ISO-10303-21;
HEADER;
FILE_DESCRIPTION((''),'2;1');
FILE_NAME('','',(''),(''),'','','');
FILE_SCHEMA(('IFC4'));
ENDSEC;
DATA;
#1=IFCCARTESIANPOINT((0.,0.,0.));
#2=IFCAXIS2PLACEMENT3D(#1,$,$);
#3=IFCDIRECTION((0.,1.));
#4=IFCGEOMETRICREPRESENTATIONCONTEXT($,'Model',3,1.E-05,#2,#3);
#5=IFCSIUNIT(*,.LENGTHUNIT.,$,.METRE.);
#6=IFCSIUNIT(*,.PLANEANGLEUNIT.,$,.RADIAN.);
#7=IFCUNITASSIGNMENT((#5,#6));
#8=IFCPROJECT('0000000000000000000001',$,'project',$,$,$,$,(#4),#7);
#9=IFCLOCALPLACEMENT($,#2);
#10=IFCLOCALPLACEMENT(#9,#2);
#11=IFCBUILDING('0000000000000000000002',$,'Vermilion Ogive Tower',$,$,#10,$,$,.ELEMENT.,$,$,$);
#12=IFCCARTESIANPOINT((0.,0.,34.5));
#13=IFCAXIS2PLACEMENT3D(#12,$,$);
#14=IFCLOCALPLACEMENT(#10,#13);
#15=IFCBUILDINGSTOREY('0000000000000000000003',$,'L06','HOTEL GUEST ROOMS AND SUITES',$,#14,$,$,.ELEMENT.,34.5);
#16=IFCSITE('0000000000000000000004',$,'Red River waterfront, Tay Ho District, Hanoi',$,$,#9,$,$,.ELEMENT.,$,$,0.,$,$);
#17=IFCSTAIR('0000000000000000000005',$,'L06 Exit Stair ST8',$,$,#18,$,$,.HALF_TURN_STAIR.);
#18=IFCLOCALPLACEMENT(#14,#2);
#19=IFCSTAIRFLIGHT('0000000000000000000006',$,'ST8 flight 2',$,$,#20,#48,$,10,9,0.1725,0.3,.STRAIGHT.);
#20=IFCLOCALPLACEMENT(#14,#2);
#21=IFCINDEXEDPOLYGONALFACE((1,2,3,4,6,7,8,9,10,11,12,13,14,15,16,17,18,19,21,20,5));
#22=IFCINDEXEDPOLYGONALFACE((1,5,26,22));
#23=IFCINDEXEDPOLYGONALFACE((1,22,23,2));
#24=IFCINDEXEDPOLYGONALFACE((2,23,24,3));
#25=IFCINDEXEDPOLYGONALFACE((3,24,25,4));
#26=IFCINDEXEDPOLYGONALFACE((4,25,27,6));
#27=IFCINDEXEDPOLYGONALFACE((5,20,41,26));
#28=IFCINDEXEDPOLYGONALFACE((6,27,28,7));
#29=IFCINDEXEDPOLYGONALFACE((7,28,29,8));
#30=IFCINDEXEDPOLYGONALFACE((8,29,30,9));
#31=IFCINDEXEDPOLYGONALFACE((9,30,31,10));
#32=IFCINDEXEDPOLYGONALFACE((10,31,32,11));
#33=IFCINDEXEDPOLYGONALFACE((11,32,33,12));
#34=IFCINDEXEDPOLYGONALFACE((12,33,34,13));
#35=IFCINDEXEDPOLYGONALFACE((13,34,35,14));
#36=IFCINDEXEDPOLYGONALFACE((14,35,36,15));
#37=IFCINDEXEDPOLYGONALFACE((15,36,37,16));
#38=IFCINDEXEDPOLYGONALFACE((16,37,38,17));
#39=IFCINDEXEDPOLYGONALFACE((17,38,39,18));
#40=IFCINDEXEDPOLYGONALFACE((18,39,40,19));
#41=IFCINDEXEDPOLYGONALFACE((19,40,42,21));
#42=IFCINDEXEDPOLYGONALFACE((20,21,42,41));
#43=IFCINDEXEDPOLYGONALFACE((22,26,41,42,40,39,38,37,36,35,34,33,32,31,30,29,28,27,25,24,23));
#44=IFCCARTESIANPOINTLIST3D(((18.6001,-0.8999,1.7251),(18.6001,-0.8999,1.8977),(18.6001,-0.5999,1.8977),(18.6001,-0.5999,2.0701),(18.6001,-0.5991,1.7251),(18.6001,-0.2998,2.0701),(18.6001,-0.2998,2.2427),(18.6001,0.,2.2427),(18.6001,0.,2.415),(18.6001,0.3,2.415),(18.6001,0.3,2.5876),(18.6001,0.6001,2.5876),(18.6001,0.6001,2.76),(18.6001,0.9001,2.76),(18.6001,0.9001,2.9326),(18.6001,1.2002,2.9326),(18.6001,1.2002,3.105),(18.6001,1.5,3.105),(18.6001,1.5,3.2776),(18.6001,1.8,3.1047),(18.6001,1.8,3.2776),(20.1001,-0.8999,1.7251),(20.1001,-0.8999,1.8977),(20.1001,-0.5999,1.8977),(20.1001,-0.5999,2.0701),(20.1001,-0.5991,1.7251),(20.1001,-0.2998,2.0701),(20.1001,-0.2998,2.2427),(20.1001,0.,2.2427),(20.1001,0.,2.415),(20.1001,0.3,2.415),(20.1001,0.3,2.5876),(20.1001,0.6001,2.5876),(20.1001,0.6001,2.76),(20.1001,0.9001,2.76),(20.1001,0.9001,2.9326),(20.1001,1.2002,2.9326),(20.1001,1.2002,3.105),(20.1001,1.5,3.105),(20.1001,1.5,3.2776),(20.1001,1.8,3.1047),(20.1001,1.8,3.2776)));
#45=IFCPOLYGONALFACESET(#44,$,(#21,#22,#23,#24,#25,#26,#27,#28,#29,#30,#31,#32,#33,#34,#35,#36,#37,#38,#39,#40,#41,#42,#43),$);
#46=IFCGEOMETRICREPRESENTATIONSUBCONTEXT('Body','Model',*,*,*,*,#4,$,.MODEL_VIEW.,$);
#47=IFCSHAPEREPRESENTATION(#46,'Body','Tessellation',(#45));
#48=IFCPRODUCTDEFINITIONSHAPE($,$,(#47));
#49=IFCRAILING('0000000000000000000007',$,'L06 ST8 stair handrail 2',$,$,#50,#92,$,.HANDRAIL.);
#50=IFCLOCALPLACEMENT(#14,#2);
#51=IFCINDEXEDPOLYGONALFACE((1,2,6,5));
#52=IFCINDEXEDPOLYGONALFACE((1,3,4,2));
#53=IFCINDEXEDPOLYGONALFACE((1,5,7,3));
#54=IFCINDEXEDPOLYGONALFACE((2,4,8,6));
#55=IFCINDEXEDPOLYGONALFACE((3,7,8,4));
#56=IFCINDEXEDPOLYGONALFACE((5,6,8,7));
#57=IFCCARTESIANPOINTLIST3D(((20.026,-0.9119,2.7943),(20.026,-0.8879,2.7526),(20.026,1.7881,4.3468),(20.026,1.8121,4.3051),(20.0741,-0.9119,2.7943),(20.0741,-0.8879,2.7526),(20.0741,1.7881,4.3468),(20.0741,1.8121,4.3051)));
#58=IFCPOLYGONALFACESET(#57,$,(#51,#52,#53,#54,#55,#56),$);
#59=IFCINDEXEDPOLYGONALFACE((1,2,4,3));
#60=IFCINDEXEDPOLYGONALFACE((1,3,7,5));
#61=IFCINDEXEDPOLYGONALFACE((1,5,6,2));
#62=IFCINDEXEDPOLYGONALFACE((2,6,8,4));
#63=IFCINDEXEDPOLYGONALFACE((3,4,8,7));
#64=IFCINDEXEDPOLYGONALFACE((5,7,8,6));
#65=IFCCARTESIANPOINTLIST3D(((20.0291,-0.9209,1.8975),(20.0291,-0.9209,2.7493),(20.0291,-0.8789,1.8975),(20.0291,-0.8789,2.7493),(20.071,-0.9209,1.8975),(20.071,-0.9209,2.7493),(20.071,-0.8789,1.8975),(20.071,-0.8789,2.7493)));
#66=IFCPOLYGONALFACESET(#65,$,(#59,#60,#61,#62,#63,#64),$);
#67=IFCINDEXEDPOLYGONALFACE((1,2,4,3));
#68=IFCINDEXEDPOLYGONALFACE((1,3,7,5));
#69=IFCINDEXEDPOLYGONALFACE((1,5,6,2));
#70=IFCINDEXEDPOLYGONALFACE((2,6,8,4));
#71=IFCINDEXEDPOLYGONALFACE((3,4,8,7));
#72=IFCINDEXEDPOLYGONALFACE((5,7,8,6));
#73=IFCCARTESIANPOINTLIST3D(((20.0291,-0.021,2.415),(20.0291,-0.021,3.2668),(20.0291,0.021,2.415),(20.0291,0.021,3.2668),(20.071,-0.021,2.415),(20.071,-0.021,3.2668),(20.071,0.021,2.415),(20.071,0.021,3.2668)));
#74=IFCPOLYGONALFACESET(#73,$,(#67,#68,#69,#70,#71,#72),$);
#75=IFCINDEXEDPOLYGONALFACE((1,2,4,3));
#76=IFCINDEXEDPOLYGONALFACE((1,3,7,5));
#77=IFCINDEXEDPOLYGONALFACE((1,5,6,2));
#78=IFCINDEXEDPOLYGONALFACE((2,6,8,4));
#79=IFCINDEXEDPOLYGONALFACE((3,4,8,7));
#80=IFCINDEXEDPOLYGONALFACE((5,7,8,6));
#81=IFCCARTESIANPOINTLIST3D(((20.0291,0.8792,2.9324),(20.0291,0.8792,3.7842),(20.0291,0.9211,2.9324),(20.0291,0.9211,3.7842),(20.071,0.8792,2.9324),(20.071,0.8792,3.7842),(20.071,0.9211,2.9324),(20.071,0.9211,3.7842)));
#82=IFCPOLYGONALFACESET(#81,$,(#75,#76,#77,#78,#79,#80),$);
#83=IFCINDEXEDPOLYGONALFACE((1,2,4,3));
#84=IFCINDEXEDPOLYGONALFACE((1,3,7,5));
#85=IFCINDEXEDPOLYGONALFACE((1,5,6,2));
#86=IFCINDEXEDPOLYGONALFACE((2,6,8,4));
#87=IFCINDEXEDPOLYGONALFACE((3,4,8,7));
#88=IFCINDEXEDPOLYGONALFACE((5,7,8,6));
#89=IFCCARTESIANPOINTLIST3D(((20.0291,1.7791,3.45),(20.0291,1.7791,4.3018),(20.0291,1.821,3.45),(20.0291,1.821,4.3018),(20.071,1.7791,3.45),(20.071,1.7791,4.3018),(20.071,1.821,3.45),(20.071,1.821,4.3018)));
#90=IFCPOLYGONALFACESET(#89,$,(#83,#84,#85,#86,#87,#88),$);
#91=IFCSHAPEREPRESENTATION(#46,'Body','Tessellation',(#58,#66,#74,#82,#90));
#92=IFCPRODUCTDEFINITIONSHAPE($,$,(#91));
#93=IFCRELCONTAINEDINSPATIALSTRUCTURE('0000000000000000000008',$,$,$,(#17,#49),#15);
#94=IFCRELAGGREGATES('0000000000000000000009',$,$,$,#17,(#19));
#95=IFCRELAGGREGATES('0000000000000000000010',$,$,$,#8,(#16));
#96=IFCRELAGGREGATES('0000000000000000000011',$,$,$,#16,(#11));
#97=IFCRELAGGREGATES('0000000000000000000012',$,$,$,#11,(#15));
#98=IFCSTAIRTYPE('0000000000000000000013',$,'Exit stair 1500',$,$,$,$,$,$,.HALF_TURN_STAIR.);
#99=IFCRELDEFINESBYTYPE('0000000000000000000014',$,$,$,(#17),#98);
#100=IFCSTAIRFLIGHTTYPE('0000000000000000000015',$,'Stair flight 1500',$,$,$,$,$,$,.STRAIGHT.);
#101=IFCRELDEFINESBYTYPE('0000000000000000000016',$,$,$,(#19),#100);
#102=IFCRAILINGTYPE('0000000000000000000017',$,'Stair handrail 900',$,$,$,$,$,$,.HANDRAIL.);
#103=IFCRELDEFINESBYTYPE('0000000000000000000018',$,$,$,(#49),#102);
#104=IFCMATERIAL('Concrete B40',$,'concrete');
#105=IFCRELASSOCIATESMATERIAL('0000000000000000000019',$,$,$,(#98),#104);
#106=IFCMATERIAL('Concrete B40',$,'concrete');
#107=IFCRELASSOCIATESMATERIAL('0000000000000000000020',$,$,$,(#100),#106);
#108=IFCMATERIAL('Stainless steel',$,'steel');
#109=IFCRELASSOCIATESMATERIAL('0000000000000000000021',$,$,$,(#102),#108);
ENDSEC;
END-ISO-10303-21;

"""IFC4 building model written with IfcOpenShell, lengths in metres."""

from ifc_helpers import new_model, si_unit, direction, frame, origin, origin_2d, place, context, subcontext, project, spatial, polyline, rectangle, outline, extrude, material, type_object, element, aggregate, save


model = new_model("IFC4")

# Units and contexts
model_context = context("Model", 3, precision=1e-05, world=origin(), true_north=direction((0.0, 1.0)))
body_context = subcontext(model_context, "Body", "Model", "MODEL_VIEW")
ifc_project = project(units=[si_unit("LENGTHUNIT", "METRE"), si_unit("PLANEANGLEUNIT", "RADIAN")], contexts=[model_context])

# Site, building, storey
site_placement = place(None, origin())
site = spatial("IfcSite", under=ifc_project, at=site_placement, Name="Red River waterfront, Tay Ho District, Hanoi", CompositionType="ELEMENT", RefElevation=0.0)
building_placement = place(site_placement, origin())
building = spatial("IfcBuilding", under=site, at=building_placement, Name="Vermilion Ogive Tower", CompositionType="ELEMENT")
storey_placement = place(building_placement, frame((0.0, 0.0, 34.5)))
storey = spatial("IfcBuildingStorey", under=building, at=storey_placement, Name="L06", Description="HOTEL GUEST ROOMS AND SUITES", CompositionType="ELEMENT", Elevation=34.5)

# Stair, stair flight
ifc_material_1 = material(Name="Concrete B40", Category="concrete")
stair_type = type_object("IfcStairType", Name="Exit stair 1500", PredefinedType="HALF_TURN_STAIR", material=ifc_material_1)
stair_placement = place(storey_placement, origin())
stair = element("IfcStair", 1, at=stair_placement, inside=storey, type_object=stair_type, Name="L06 Exit Stair ST8", PredefinedType="HALF_TURN_STAIR")
ifc_material_2 = material(Name="Concrete B40", Category="concrete")
stair_flight_type = type_object("IfcStairFlightType", Name="Stair flight 1500", PredefinedType="STRAIGHT", material=ifc_material_2)
stair_flight_placement = place(storey_placement, frame((19.3501, -0.8999, 1.7251), z_axis=(0.0, 0.0, 1.0), x_axis=(0.0, 1.0, 0.0)))
stair_flight = element("IfcStairFlight", 2, at=stair_flight_placement, type_object=stair_flight_type, Name="ST8 flight 2", NumberOfRisers=10, NumberOfTreads=9, PredefinedType="STRAIGHT", RiserHeight=0.1725, TreadLength=0.3, context=body_context, shape_type="SweptSolid", body=[
    extrude(outline(polyline([(0.0, 0.0), (0.0, 0.1726), (0.3, 0.1726), (0.3, 0.345), (0.6001, 0.345), (0.6001, 0.5176), (0.8999, 0.5176), (0.8999, 0.6899), (1.2, 0.6899), (1.2, 0.8625), (1.5, 0.8625), (1.5, 1.0349), (1.8, 1.0349), (1.8, 1.2075), (2.1001, 1.2075), (2.1001, 1.3799), (2.3999, 1.3799), (2.3999, 1.5525), (2.7, 1.5525), (2.7, 1.7251), (2.7, 1.3796), (0.3008, 0.0), (0.0, 0.0)])), frame((0.0, 0.75, 0.0), z_axis=(0.0, -1.0, 0.0), x_axis=(1.0, 0.0, 0.0)), (0.0, 0.0, 1.0), 1.5),
])
aggregate(stair, [stair_flight])

# Railing
ifc_material_3 = material(Name="Stainless steel", Category="steel")
railing_type = type_object("IfcRailingType", Name="Stair handrail 900", PredefinedType="HANDRAIL", material=ifc_material_3)
railing_placement = place(storey_placement, frame((20.05, -0.8999, 1.8975)))
element("IfcRailing", 3, at=railing_placement, inside=storey, type_object=railing_type, Name="L06 ST8 stair handrail 2", PredefinedType="HANDRAIL", context=body_context, shape_type="SweptSolid", body=[
    extrude(rectangle(XDim=0.0481, YDim=0.0481, at=origin_2d()), frame((0.0, 0.0, 0.876), z_axis=(0.0, 0.866904, 0.498476), x_axis=(-1.0, 0.0, 0.0)), (0.0, 0.0, 1.0), 3.1145),
    extrude(rectangle(XDim=0.042, YDim=0.042, at=origin_2d()), origin(), (0.0, 0.0, 1.0), 0.8518),
    extrude(rectangle(XDim=0.042, YDim=0.042, at=origin_2d()), frame((0.0, 0.8999, 0.5176)), (0.0, 0.0, 1.0), 0.8518),
    extrude(rectangle(XDim=0.042, YDim=0.042, at=origin_2d()), frame((0.0, 1.8, 1.0349)), (0.0, 0.0, 1.0), 0.8518),
    extrude(rectangle(XDim=0.042, YDim=0.042, at=origin_2d()), frame((0.0, 2.7, 1.5525)), (0.0, 0.0, 1.0), 0.8518),
])

save(model, "model.ifc")
